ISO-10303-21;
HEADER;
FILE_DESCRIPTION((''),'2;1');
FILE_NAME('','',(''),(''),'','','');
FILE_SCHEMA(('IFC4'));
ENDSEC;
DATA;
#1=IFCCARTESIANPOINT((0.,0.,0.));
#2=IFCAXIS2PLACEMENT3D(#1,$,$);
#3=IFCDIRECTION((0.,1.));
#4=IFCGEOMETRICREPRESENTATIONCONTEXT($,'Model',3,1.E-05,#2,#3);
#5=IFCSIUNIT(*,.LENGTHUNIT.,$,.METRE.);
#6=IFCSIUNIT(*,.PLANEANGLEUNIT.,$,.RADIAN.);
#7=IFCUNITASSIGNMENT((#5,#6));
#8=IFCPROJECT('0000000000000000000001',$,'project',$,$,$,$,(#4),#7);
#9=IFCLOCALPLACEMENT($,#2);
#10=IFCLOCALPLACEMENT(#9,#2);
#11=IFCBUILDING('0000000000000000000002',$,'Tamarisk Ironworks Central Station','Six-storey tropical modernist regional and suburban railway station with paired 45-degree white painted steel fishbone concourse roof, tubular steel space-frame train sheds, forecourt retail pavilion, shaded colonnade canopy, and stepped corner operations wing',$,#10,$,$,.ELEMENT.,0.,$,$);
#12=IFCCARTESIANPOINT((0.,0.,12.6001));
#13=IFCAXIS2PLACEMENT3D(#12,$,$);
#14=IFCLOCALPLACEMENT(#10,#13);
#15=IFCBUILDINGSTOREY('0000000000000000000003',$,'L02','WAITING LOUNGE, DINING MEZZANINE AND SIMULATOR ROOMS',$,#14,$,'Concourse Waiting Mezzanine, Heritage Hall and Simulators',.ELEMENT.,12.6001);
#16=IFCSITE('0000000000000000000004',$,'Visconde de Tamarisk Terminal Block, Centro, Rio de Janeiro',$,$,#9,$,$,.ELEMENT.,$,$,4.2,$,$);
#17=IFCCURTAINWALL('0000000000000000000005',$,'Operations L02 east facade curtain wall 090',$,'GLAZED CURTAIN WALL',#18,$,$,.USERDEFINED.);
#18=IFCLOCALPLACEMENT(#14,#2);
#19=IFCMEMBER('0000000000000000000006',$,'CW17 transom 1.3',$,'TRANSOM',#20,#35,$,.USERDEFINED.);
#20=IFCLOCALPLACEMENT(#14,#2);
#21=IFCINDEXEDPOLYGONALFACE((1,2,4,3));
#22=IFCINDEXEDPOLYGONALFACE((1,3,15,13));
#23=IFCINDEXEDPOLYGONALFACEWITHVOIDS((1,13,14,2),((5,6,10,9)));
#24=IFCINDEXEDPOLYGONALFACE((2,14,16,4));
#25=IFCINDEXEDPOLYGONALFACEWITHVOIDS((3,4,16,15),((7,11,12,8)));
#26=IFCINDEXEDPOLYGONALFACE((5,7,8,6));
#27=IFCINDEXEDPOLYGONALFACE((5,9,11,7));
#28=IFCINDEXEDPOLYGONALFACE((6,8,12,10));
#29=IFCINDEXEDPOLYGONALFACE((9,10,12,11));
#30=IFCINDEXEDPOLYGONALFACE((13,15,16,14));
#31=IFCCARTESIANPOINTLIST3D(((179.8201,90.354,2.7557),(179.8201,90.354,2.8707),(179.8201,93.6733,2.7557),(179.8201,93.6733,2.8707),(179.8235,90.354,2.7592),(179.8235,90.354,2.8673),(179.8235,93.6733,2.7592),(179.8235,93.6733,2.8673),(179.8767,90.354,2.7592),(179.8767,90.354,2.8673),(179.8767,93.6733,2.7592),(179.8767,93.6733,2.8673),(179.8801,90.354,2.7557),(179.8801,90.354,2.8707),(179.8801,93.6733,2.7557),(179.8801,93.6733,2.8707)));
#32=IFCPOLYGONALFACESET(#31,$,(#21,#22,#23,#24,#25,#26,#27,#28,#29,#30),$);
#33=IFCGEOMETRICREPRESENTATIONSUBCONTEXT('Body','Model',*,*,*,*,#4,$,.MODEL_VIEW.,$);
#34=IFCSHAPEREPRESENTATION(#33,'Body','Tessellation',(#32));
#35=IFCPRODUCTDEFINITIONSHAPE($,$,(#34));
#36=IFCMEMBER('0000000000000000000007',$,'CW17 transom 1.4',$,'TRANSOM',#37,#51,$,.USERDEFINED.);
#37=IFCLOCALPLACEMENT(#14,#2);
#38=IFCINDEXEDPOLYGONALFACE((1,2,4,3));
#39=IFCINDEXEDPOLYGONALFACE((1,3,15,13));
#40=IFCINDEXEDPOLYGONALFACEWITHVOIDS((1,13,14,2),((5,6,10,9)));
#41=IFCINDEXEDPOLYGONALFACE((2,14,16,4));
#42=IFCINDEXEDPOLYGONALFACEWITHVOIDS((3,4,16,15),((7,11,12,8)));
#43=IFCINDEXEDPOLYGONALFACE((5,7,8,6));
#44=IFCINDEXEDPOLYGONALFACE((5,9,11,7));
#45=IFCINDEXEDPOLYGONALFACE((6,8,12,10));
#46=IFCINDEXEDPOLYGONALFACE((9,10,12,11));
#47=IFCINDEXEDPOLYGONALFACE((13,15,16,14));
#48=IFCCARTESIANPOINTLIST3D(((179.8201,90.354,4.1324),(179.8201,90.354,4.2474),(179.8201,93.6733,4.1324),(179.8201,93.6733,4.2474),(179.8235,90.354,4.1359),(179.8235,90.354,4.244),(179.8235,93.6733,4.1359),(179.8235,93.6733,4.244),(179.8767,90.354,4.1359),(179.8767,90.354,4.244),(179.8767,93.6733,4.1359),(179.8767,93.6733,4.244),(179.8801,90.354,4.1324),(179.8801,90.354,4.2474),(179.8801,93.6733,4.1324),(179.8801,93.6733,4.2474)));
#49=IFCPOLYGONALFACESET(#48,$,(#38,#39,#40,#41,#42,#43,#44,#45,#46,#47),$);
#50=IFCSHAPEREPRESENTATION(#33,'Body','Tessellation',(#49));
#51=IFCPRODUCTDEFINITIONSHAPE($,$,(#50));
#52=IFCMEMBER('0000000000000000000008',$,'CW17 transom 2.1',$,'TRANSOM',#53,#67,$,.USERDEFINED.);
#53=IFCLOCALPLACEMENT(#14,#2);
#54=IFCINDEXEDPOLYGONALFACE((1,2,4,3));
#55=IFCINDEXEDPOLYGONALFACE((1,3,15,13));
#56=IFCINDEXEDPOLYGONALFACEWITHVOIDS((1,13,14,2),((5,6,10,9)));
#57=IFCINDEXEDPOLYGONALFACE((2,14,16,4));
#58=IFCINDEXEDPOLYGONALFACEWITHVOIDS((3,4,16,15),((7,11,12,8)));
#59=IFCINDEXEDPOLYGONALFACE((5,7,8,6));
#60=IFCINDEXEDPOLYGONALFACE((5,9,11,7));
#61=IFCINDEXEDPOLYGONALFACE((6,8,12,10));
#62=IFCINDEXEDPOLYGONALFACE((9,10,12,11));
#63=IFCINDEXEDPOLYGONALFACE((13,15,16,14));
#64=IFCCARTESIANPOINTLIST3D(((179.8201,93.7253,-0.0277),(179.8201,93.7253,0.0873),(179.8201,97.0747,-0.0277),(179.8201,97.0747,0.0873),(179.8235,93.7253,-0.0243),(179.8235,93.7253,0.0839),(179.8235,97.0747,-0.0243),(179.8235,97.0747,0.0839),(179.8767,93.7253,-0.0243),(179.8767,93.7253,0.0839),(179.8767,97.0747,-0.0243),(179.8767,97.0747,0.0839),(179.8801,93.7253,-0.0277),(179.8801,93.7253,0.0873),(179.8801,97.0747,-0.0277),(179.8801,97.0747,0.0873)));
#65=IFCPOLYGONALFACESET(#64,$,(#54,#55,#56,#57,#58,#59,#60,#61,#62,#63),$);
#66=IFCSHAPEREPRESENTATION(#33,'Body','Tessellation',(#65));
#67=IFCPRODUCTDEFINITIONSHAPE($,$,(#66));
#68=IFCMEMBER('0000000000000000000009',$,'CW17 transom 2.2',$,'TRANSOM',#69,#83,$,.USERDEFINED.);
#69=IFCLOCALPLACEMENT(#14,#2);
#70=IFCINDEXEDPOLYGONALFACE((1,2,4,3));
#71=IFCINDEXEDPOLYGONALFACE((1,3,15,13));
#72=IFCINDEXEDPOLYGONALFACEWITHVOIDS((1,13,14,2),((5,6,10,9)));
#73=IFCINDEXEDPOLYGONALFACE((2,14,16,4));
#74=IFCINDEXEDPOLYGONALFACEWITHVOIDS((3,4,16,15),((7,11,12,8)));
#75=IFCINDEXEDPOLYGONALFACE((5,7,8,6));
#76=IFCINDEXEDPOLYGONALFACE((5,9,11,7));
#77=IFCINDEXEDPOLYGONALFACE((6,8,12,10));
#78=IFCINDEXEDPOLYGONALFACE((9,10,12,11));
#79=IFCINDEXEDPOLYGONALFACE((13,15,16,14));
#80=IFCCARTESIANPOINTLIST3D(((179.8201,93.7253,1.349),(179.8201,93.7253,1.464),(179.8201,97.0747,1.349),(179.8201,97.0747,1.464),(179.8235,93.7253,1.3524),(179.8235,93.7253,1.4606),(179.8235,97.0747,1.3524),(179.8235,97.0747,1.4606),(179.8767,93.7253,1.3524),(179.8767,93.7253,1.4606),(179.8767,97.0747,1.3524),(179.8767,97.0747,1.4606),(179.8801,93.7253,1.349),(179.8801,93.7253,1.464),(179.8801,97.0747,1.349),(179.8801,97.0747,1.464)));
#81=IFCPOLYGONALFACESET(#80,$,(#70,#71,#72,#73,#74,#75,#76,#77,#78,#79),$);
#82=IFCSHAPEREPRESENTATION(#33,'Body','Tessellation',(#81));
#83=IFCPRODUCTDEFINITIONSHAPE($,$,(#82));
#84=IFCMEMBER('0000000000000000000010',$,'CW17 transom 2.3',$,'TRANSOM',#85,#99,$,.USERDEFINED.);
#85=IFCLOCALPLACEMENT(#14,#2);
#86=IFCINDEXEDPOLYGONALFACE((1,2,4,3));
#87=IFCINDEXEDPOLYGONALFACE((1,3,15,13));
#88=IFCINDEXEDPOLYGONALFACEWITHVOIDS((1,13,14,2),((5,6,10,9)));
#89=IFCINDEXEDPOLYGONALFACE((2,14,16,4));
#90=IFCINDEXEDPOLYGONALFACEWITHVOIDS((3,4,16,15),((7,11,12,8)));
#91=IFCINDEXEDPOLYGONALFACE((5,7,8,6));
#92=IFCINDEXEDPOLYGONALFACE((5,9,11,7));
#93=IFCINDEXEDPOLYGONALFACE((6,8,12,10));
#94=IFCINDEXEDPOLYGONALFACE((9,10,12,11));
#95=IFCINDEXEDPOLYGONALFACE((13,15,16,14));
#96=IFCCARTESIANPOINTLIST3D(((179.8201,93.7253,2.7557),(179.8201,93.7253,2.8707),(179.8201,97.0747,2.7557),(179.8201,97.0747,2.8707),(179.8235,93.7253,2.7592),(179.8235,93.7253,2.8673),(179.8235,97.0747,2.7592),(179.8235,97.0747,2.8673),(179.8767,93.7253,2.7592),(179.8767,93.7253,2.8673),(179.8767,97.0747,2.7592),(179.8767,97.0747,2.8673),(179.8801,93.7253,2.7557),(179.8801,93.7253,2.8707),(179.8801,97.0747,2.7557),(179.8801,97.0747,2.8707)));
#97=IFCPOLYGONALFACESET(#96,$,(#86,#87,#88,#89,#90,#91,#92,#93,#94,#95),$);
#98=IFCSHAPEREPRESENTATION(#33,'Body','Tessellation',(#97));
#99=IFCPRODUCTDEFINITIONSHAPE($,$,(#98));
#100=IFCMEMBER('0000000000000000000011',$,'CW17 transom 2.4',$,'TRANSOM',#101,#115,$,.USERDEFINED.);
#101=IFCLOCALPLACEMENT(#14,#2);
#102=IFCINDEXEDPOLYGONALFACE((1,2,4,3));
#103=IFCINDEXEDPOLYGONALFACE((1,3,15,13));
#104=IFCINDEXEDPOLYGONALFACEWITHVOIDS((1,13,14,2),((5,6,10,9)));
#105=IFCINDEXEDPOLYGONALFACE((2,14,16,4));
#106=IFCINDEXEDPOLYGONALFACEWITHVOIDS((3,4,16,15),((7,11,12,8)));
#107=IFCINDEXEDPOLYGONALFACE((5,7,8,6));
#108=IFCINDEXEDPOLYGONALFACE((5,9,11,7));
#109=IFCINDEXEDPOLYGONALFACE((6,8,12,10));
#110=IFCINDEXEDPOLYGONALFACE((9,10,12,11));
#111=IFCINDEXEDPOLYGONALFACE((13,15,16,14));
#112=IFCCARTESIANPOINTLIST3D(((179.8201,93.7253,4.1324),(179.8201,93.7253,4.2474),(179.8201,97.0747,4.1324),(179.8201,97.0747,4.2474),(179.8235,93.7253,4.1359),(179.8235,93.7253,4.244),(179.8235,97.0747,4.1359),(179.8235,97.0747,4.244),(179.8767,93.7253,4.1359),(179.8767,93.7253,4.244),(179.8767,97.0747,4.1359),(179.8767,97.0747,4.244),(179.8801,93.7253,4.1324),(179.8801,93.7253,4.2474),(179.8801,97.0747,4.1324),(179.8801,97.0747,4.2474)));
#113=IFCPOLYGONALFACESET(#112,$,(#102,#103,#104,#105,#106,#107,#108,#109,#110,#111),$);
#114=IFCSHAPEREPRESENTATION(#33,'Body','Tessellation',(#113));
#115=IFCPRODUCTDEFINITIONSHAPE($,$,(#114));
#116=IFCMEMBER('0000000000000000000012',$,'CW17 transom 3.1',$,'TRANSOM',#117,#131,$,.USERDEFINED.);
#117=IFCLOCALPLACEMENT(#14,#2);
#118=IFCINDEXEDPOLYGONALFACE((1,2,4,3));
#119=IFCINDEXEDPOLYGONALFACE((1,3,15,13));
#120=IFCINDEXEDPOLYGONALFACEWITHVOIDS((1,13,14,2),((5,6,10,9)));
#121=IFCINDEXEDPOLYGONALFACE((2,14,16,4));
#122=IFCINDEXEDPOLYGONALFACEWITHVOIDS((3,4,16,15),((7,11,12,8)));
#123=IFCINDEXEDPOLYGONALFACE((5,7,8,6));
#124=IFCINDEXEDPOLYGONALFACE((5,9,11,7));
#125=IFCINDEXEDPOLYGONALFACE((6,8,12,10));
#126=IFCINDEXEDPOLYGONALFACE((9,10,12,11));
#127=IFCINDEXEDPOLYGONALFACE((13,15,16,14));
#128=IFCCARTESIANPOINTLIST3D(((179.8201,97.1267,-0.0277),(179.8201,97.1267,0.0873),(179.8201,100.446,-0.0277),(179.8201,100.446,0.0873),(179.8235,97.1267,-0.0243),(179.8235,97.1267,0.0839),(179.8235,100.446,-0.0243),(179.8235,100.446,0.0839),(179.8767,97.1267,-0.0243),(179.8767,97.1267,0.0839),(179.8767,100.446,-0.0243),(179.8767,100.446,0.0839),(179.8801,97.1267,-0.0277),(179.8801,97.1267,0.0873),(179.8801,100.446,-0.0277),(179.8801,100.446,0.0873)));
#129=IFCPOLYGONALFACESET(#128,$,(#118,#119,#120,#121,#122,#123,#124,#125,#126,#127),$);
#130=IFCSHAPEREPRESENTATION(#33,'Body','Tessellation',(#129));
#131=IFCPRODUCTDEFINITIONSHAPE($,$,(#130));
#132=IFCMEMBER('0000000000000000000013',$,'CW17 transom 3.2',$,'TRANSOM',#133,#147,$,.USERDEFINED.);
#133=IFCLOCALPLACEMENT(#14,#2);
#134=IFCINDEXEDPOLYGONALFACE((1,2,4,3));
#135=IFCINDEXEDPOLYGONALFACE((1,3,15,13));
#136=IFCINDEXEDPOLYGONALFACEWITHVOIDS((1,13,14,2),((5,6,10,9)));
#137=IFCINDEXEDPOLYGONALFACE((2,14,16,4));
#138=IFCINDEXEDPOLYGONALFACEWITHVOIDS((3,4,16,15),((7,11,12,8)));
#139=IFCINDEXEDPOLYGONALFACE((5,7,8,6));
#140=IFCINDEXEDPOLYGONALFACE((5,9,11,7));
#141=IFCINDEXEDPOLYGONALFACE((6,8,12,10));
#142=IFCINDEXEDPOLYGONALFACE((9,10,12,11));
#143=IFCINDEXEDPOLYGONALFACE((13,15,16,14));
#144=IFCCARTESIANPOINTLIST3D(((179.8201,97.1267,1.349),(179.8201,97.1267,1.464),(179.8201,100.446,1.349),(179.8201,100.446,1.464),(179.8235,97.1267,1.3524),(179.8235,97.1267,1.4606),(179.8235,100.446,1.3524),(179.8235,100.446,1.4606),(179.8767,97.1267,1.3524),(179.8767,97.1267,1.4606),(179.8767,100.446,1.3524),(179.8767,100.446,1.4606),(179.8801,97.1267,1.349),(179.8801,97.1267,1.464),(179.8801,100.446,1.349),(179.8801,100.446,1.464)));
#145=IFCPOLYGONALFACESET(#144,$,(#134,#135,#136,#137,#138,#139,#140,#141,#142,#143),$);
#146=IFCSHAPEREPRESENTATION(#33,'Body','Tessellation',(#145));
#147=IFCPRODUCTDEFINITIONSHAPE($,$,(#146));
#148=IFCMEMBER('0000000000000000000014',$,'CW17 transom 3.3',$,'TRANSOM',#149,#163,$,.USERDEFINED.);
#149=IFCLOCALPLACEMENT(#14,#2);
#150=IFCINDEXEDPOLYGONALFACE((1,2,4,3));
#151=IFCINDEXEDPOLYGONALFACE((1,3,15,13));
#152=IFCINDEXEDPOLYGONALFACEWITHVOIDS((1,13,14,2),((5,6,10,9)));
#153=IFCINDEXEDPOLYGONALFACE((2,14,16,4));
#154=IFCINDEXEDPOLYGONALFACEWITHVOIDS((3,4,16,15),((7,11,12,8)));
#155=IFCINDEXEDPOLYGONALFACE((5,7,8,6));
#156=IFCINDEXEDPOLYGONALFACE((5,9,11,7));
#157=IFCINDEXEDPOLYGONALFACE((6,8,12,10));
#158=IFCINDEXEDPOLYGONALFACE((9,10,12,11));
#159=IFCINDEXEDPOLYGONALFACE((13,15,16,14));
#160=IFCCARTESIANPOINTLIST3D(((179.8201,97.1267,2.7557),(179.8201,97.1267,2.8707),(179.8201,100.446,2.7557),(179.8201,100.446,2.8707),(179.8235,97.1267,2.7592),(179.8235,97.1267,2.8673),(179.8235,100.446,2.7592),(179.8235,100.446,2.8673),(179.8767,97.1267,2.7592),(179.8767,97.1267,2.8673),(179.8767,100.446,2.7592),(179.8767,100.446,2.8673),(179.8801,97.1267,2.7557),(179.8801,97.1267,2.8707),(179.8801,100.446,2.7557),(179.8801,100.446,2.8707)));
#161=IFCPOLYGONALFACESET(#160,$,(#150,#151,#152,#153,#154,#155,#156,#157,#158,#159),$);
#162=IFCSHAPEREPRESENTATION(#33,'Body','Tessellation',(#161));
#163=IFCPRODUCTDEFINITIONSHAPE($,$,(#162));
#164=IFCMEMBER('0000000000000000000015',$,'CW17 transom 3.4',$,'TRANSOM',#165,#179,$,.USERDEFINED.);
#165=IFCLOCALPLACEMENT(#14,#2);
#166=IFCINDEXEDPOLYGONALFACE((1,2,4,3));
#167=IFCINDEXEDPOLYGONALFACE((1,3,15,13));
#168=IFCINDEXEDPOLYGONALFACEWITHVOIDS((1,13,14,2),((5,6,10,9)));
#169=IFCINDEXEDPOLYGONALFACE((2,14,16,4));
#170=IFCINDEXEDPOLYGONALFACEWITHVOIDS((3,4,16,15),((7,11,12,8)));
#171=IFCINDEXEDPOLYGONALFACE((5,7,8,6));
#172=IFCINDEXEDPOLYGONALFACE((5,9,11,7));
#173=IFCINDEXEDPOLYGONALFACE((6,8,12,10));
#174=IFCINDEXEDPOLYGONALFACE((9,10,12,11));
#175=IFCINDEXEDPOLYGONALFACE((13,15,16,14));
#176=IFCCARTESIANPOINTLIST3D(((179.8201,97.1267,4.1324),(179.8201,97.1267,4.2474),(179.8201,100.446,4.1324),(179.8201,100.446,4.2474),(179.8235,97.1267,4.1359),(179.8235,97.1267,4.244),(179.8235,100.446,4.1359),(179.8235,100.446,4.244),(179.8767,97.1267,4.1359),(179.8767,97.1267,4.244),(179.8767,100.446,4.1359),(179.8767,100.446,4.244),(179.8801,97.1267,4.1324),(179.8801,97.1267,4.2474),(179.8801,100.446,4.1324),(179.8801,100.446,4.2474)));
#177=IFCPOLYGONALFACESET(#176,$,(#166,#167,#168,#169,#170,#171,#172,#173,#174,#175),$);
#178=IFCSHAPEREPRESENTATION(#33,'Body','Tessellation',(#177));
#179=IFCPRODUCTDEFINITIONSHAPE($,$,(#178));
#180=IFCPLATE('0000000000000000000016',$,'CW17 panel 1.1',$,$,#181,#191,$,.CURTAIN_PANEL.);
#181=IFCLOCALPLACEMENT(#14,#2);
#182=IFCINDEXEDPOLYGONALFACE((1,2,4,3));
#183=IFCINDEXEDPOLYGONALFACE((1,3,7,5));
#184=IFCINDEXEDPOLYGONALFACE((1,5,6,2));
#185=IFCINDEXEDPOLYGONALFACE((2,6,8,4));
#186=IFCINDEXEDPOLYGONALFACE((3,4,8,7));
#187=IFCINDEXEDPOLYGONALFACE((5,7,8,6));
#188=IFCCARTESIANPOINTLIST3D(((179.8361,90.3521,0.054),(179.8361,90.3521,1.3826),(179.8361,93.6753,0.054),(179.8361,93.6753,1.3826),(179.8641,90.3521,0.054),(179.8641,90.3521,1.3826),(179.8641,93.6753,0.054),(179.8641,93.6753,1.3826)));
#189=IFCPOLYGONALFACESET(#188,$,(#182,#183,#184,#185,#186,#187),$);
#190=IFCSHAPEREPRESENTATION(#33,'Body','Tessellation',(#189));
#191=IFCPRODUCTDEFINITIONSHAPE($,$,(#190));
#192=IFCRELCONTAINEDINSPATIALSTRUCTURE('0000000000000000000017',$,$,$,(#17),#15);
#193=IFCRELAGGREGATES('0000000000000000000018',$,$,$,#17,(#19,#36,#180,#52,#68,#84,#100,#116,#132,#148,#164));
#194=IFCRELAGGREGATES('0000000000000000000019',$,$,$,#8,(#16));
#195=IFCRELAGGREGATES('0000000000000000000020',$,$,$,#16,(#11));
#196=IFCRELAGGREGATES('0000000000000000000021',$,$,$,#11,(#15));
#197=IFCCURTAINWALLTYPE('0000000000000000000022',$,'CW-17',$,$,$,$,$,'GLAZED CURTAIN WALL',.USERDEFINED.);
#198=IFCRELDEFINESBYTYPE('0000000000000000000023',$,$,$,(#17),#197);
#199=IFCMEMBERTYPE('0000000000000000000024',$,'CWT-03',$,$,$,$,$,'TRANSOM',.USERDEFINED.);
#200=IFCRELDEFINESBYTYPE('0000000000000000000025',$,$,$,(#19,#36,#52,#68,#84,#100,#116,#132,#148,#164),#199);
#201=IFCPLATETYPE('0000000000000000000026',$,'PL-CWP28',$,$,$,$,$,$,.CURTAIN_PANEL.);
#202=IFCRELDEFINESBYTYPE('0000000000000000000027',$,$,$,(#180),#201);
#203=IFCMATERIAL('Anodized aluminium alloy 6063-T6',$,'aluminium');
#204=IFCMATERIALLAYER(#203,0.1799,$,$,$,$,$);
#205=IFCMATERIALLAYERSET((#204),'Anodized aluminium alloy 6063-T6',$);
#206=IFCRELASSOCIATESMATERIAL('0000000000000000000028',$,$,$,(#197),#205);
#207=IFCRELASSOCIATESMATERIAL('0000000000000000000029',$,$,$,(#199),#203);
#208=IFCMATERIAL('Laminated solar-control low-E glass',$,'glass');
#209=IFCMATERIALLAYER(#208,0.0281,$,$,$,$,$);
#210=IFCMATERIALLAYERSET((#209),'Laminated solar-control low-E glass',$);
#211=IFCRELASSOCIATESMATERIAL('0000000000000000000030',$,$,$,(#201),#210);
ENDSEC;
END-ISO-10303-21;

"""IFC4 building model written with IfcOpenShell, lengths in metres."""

from ifc_helpers import new_model, si_unit, direction, frame, origin, origin_2d, place, context, subcontext, project, spatial, rectangle, hollow_rectangle, extrude, material, layer, layer_set, material_profile, profile_set, type_object, element, aggregate, save


model = new_model("IFC4")

# Units and contexts
model_context = context("Model", 3, precision=1e-05, world=origin(), true_north=direction((0.0, 1.0)))
body_context = subcontext(model_context, "Body", "Model", "MODEL_VIEW")
ifc_project = project(units=[si_unit("LENGTHUNIT", "METRE"), si_unit("PLANEANGLEUNIT", "RADIAN")], contexts=[model_context])

# Site, building, storey
site_placement = place(None, origin())
site = spatial("IfcSite", under=ifc_project, at=site_placement, Name="Visconde de Tamarisk Terminal Block, Centro, Rio de Janeiro", CompositionType="ELEMENT", RefElevation=4.2)
building_placement = place(site_placement, origin())
building = spatial("IfcBuilding", under=site, at=building_placement, Name="Tamarisk Ironworks Central Station", Description="Six-storey tropical modernist regional and suburban railway station with paired 45-degree white painted steel fishbone concourse roof, tubular steel space-frame train sheds, forecourt retail pavilion, shaded colonnade canopy, and stepped corner operations wing", CompositionType="ELEMENT", ElevationOfRefHeight=0.0)
storey_placement = place(building_placement, frame((0.0, 0.0, 12.6001)))
storey = spatial("IfcBuildingStorey", under=building, at=storey_placement, Name="L02", Description="WAITING LOUNGE, DINING MEZZANINE AND SIMULATOR ROOMS", LongName="Concourse Waiting Mezzanine, Heritage Hall and Simulators", CompositionType="ELEMENT", Elevation=12.6001)

# Curtain wall, members, plate
ifc_material_1 = material(Name="Anodized aluminium alloy 6063-T6", Category="aluminium")
ifc_layer_1 = layer(ifc_material_1, 0.1799)
ifc_layer_set_1 = layer_set([ifc_layer_1], Name="Anodized aluminium alloy 6063-T6")
curtain_wall_type = type_object("IfcCurtainWallType", Name="CW-17", ElementType="GLAZED CURTAIN WALL", PredefinedType="USERDEFINED", material=ifc_layer_set_1)
curtain_wall_placement = place(storey_placement, origin())
curtain_wall = element("IfcCurtainWall", 1, at=curtain_wall_placement, inside=storey, type_object=curtain_wall_type, Name="Operations L02 east facade curtain wall 090", ObjectType="GLAZED CURTAIN WALL", PredefinedType="USERDEFINED")
ifc_material_profile_1 = material_profile(ifc_material_1, hollow_rectangle(XDim=0.0601, YDim=0.115, WallThickness=0.0034, at=origin_2d()), Name="ALUM 115x60")
ifc_profile_set_1 = profile_set([ifc_material_profile_1], Name="Anodized aluminium alloy 6063-T6")
member_type_1 = type_object("IfcMemberType", Name="CWT-03", ElementType="TRANSOM", PredefinedType="USERDEFINED", material=ifc_profile_set_1)
member_1_placement = place(storey_placement, frame((179.8501, 90.354, 2.8132), z_axis=(0.0, 1.0, 0.0), x_axis=(-1.0, 0.0, 0.0)))
member_1 = element("IfcMember", 2, at=member_1_placement, type_object=member_type_1, Name="CW17 transom 1.3", ObjectType="TRANSOM", PredefinedType="USERDEFINED", context=body_context, shape_type="SweptSolid", body=[
    extrude(hollow_rectangle(XDim=0.0601, YDim=0.115, WallThickness=0.0034, at=origin_2d()), origin(), (0.0, 0.0, 1.0), 3.3193),
])
member_2_placement = place(storey_placement, frame((179.8501, 90.354, 4.1899), z_axis=(0.0, 1.0, 0.0), x_axis=(-1.0, 0.0, 0.0)))
member_2 = element("IfcMember", 3, at=member_2_placement, type_object=member_type_1, Name="CW17 transom 1.4", ObjectType="TRANSOM", PredefinedType="USERDEFINED", context=body_context, shape_type="SweptSolid", body=[
    extrude(hollow_rectangle(XDim=0.0601, YDim=0.115, WallThickness=0.0034, at=origin_2d()), origin(), (0.0, 0.0, 1.0), 3.3193),
])
member_3_placement = place(storey_placement, frame((179.8501, 93.7253, 0.0298), z_axis=(0.0, 1.0, 0.0), x_axis=(-1.0, 0.0, 0.0)))
member_3 = element("IfcMember", 4, at=member_3_placement, type_object=member_type_1, Name="CW17 transom 2.1", ObjectType="TRANSOM", PredefinedType="USERDEFINED", context=body_context, shape_type="SweptSolid", body=[
    extrude(hollow_rectangle(XDim=0.0601, YDim=0.115, WallThickness=0.0034, at=origin_2d()), origin(), (0.0, 0.0, 1.0), 3.3494),
])
member_4_placement = place(storey_placement, frame((179.8501, 93.7253, 1.4065), z_axis=(0.0, 1.0, 0.0), x_axis=(-1.0, 0.0, 0.0)))
member_4 = element("IfcMember", 5, at=member_4_placement, type_object=member_type_1, Name="CW17 transom 2.2", ObjectType="TRANSOM", PredefinedType="USERDEFINED", context=body_context, shape_type="SweptSolid", body=[
    extrude(hollow_rectangle(XDim=0.0601, YDim=0.115, WallThickness=0.0034, at=origin_2d()), origin(), (0.0, 0.0, 1.0), 3.3494),
])
member_5_placement = place(storey_placement, frame((179.8501, 93.7253, 2.8132), z_axis=(0.0, 1.0, 0.0), x_axis=(-1.0, 0.0, 0.0)))
member_5 = element("IfcMember", 6, at=member_5_placement, type_object=member_type_1, Name="CW17 transom 2.3", ObjectType="TRANSOM", PredefinedType="USERDEFINED", context=body_context, shape_type="SweptSolid", body=[
    extrude(hollow_rectangle(XDim=0.0601, YDim=0.115, WallThickness=0.0034, at=origin_2d()), origin(), (0.0, 0.0, 1.0), 3.3494),
])
member_6_placement = place(storey_placement, frame((179.8501, 93.7253, 4.1899), z_axis=(0.0, 1.0, 0.0), x_axis=(-1.0, 0.0, 0.0)))
member_6 = element("IfcMember", 7, at=member_6_placement, type_object=member_type_1, Name="CW17 transom 2.4", ObjectType="TRANSOM", PredefinedType="USERDEFINED", context=body_context, shape_type="SweptSolid", body=[
    extrude(hollow_rectangle(XDim=0.0601, YDim=0.115, WallThickness=0.0034, at=origin_2d()), origin(), (0.0, 0.0, 1.0), 3.3494),
])
member_7_placement = place(storey_placement, frame((179.8501, 97.1267, 0.0298), z_axis=(0.0, 1.0, 0.0), x_axis=(-1.0, 0.0, 0.0)))
member_7 = element("IfcMember", 8, at=member_7_placement, type_object=member_type_1, Name="CW17 transom 3.1", ObjectType="TRANSOM", PredefinedType="USERDEFINED", context=body_context, shape_type="SweptSolid", body=[
    extrude(hollow_rectangle(XDim=0.0601, YDim=0.115, WallThickness=0.0034, at=origin_2d()), origin(), (0.0, 0.0, 1.0), 3.3193),
])
member_8_placement = place(storey_placement, frame((179.8501, 97.1267, 1.4065), z_axis=(0.0, 1.0, 0.0), x_axis=(-1.0, 0.0, 0.0)))
member_8 = element("IfcMember", 9, at=member_8_placement, type_object=member_type_1, Name="CW17 transom 3.2", ObjectType="TRANSOM", PredefinedType="USERDEFINED", context=body_context, shape_type="SweptSolid", body=[
    extrude(hollow_rectangle(XDim=0.0601, YDim=0.115, WallThickness=0.0034, at=origin_2d()), origin(), (0.0, 0.0, 1.0), 3.3193),
])
member_9_placement = place(storey_placement, frame((179.8501, 97.1267, 2.8132), z_axis=(0.0, 1.0, 0.0), x_axis=(-1.0, 0.0, 0.0)))
member_9 = element("IfcMember", 10, at=member_9_placement, type_object=member_type_1, Name="CW17 transom 3.3", ObjectType="TRANSOM", PredefinedType="USERDEFINED", context=body_context, shape_type="SweptSolid", body=[
    extrude(hollow_rectangle(XDim=0.0601, YDim=0.115, WallThickness=0.0034, at=origin_2d()), origin(), (0.0, 0.0, 1.0), 3.3193),
])
member_10_placement = place(storey_placement, frame((179.8501, 97.1267, 4.1899), z_axis=(0.0, 1.0, 0.0), x_axis=(-1.0, 0.0, 0.0)))
member_10 = element("IfcMember", 11, at=member_10_placement, type_object=member_type_1, Name="CW17 transom 3.4", ObjectType="TRANSOM", PredefinedType="USERDEFINED", context=body_context, shape_type="SweptSolid", body=[
    extrude(hollow_rectangle(XDim=0.0601, YDim=0.115, WallThickness=0.0034, at=origin_2d()), origin(), (0.0, 0.0, 1.0), 3.3193),
])
ifc_material_2 = material(Name="Laminated solar-control low-E glass", Category="glass")
ifc_layer_2 = layer(ifc_material_2, 0.0281)
ifc_layer_set_2 = layer_set([ifc_layer_2], Name="Laminated solar-control low-E glass")
plate_type_1 = type_object("IfcPlateType", Name="PL-CWP28", PredefinedType="CURTAIN_PANEL", material=ifc_layer_set_2)
plate_1_placement = place(storey_placement, frame((179.8501, 92.0137, 0.054), z_axis=(0.0, 0.0, 1.0), x_axis=(0.0, 1.0, 0.0)))
plate_1 = element("IfcPlate", 12, at=plate_1_placement, type_object=plate_type_1, Name="CW17 panel 1.1", PredefinedType="CURTAIN_PANEL", context=body_context, shape_type="SweptSolid", body=[
    extrude(rectangle(XDim=3.3232, YDim=0.0281, at=origin_2d()), origin(), (0.0, 0.0, 1.0), 1.3286),
])
aggregate(curtain_wall, [member_1, member_2, plate_1, member_3, member_4, member_5, member_6, member_7, member_8, member_9, member_10])

save(model, "model.ifc")
